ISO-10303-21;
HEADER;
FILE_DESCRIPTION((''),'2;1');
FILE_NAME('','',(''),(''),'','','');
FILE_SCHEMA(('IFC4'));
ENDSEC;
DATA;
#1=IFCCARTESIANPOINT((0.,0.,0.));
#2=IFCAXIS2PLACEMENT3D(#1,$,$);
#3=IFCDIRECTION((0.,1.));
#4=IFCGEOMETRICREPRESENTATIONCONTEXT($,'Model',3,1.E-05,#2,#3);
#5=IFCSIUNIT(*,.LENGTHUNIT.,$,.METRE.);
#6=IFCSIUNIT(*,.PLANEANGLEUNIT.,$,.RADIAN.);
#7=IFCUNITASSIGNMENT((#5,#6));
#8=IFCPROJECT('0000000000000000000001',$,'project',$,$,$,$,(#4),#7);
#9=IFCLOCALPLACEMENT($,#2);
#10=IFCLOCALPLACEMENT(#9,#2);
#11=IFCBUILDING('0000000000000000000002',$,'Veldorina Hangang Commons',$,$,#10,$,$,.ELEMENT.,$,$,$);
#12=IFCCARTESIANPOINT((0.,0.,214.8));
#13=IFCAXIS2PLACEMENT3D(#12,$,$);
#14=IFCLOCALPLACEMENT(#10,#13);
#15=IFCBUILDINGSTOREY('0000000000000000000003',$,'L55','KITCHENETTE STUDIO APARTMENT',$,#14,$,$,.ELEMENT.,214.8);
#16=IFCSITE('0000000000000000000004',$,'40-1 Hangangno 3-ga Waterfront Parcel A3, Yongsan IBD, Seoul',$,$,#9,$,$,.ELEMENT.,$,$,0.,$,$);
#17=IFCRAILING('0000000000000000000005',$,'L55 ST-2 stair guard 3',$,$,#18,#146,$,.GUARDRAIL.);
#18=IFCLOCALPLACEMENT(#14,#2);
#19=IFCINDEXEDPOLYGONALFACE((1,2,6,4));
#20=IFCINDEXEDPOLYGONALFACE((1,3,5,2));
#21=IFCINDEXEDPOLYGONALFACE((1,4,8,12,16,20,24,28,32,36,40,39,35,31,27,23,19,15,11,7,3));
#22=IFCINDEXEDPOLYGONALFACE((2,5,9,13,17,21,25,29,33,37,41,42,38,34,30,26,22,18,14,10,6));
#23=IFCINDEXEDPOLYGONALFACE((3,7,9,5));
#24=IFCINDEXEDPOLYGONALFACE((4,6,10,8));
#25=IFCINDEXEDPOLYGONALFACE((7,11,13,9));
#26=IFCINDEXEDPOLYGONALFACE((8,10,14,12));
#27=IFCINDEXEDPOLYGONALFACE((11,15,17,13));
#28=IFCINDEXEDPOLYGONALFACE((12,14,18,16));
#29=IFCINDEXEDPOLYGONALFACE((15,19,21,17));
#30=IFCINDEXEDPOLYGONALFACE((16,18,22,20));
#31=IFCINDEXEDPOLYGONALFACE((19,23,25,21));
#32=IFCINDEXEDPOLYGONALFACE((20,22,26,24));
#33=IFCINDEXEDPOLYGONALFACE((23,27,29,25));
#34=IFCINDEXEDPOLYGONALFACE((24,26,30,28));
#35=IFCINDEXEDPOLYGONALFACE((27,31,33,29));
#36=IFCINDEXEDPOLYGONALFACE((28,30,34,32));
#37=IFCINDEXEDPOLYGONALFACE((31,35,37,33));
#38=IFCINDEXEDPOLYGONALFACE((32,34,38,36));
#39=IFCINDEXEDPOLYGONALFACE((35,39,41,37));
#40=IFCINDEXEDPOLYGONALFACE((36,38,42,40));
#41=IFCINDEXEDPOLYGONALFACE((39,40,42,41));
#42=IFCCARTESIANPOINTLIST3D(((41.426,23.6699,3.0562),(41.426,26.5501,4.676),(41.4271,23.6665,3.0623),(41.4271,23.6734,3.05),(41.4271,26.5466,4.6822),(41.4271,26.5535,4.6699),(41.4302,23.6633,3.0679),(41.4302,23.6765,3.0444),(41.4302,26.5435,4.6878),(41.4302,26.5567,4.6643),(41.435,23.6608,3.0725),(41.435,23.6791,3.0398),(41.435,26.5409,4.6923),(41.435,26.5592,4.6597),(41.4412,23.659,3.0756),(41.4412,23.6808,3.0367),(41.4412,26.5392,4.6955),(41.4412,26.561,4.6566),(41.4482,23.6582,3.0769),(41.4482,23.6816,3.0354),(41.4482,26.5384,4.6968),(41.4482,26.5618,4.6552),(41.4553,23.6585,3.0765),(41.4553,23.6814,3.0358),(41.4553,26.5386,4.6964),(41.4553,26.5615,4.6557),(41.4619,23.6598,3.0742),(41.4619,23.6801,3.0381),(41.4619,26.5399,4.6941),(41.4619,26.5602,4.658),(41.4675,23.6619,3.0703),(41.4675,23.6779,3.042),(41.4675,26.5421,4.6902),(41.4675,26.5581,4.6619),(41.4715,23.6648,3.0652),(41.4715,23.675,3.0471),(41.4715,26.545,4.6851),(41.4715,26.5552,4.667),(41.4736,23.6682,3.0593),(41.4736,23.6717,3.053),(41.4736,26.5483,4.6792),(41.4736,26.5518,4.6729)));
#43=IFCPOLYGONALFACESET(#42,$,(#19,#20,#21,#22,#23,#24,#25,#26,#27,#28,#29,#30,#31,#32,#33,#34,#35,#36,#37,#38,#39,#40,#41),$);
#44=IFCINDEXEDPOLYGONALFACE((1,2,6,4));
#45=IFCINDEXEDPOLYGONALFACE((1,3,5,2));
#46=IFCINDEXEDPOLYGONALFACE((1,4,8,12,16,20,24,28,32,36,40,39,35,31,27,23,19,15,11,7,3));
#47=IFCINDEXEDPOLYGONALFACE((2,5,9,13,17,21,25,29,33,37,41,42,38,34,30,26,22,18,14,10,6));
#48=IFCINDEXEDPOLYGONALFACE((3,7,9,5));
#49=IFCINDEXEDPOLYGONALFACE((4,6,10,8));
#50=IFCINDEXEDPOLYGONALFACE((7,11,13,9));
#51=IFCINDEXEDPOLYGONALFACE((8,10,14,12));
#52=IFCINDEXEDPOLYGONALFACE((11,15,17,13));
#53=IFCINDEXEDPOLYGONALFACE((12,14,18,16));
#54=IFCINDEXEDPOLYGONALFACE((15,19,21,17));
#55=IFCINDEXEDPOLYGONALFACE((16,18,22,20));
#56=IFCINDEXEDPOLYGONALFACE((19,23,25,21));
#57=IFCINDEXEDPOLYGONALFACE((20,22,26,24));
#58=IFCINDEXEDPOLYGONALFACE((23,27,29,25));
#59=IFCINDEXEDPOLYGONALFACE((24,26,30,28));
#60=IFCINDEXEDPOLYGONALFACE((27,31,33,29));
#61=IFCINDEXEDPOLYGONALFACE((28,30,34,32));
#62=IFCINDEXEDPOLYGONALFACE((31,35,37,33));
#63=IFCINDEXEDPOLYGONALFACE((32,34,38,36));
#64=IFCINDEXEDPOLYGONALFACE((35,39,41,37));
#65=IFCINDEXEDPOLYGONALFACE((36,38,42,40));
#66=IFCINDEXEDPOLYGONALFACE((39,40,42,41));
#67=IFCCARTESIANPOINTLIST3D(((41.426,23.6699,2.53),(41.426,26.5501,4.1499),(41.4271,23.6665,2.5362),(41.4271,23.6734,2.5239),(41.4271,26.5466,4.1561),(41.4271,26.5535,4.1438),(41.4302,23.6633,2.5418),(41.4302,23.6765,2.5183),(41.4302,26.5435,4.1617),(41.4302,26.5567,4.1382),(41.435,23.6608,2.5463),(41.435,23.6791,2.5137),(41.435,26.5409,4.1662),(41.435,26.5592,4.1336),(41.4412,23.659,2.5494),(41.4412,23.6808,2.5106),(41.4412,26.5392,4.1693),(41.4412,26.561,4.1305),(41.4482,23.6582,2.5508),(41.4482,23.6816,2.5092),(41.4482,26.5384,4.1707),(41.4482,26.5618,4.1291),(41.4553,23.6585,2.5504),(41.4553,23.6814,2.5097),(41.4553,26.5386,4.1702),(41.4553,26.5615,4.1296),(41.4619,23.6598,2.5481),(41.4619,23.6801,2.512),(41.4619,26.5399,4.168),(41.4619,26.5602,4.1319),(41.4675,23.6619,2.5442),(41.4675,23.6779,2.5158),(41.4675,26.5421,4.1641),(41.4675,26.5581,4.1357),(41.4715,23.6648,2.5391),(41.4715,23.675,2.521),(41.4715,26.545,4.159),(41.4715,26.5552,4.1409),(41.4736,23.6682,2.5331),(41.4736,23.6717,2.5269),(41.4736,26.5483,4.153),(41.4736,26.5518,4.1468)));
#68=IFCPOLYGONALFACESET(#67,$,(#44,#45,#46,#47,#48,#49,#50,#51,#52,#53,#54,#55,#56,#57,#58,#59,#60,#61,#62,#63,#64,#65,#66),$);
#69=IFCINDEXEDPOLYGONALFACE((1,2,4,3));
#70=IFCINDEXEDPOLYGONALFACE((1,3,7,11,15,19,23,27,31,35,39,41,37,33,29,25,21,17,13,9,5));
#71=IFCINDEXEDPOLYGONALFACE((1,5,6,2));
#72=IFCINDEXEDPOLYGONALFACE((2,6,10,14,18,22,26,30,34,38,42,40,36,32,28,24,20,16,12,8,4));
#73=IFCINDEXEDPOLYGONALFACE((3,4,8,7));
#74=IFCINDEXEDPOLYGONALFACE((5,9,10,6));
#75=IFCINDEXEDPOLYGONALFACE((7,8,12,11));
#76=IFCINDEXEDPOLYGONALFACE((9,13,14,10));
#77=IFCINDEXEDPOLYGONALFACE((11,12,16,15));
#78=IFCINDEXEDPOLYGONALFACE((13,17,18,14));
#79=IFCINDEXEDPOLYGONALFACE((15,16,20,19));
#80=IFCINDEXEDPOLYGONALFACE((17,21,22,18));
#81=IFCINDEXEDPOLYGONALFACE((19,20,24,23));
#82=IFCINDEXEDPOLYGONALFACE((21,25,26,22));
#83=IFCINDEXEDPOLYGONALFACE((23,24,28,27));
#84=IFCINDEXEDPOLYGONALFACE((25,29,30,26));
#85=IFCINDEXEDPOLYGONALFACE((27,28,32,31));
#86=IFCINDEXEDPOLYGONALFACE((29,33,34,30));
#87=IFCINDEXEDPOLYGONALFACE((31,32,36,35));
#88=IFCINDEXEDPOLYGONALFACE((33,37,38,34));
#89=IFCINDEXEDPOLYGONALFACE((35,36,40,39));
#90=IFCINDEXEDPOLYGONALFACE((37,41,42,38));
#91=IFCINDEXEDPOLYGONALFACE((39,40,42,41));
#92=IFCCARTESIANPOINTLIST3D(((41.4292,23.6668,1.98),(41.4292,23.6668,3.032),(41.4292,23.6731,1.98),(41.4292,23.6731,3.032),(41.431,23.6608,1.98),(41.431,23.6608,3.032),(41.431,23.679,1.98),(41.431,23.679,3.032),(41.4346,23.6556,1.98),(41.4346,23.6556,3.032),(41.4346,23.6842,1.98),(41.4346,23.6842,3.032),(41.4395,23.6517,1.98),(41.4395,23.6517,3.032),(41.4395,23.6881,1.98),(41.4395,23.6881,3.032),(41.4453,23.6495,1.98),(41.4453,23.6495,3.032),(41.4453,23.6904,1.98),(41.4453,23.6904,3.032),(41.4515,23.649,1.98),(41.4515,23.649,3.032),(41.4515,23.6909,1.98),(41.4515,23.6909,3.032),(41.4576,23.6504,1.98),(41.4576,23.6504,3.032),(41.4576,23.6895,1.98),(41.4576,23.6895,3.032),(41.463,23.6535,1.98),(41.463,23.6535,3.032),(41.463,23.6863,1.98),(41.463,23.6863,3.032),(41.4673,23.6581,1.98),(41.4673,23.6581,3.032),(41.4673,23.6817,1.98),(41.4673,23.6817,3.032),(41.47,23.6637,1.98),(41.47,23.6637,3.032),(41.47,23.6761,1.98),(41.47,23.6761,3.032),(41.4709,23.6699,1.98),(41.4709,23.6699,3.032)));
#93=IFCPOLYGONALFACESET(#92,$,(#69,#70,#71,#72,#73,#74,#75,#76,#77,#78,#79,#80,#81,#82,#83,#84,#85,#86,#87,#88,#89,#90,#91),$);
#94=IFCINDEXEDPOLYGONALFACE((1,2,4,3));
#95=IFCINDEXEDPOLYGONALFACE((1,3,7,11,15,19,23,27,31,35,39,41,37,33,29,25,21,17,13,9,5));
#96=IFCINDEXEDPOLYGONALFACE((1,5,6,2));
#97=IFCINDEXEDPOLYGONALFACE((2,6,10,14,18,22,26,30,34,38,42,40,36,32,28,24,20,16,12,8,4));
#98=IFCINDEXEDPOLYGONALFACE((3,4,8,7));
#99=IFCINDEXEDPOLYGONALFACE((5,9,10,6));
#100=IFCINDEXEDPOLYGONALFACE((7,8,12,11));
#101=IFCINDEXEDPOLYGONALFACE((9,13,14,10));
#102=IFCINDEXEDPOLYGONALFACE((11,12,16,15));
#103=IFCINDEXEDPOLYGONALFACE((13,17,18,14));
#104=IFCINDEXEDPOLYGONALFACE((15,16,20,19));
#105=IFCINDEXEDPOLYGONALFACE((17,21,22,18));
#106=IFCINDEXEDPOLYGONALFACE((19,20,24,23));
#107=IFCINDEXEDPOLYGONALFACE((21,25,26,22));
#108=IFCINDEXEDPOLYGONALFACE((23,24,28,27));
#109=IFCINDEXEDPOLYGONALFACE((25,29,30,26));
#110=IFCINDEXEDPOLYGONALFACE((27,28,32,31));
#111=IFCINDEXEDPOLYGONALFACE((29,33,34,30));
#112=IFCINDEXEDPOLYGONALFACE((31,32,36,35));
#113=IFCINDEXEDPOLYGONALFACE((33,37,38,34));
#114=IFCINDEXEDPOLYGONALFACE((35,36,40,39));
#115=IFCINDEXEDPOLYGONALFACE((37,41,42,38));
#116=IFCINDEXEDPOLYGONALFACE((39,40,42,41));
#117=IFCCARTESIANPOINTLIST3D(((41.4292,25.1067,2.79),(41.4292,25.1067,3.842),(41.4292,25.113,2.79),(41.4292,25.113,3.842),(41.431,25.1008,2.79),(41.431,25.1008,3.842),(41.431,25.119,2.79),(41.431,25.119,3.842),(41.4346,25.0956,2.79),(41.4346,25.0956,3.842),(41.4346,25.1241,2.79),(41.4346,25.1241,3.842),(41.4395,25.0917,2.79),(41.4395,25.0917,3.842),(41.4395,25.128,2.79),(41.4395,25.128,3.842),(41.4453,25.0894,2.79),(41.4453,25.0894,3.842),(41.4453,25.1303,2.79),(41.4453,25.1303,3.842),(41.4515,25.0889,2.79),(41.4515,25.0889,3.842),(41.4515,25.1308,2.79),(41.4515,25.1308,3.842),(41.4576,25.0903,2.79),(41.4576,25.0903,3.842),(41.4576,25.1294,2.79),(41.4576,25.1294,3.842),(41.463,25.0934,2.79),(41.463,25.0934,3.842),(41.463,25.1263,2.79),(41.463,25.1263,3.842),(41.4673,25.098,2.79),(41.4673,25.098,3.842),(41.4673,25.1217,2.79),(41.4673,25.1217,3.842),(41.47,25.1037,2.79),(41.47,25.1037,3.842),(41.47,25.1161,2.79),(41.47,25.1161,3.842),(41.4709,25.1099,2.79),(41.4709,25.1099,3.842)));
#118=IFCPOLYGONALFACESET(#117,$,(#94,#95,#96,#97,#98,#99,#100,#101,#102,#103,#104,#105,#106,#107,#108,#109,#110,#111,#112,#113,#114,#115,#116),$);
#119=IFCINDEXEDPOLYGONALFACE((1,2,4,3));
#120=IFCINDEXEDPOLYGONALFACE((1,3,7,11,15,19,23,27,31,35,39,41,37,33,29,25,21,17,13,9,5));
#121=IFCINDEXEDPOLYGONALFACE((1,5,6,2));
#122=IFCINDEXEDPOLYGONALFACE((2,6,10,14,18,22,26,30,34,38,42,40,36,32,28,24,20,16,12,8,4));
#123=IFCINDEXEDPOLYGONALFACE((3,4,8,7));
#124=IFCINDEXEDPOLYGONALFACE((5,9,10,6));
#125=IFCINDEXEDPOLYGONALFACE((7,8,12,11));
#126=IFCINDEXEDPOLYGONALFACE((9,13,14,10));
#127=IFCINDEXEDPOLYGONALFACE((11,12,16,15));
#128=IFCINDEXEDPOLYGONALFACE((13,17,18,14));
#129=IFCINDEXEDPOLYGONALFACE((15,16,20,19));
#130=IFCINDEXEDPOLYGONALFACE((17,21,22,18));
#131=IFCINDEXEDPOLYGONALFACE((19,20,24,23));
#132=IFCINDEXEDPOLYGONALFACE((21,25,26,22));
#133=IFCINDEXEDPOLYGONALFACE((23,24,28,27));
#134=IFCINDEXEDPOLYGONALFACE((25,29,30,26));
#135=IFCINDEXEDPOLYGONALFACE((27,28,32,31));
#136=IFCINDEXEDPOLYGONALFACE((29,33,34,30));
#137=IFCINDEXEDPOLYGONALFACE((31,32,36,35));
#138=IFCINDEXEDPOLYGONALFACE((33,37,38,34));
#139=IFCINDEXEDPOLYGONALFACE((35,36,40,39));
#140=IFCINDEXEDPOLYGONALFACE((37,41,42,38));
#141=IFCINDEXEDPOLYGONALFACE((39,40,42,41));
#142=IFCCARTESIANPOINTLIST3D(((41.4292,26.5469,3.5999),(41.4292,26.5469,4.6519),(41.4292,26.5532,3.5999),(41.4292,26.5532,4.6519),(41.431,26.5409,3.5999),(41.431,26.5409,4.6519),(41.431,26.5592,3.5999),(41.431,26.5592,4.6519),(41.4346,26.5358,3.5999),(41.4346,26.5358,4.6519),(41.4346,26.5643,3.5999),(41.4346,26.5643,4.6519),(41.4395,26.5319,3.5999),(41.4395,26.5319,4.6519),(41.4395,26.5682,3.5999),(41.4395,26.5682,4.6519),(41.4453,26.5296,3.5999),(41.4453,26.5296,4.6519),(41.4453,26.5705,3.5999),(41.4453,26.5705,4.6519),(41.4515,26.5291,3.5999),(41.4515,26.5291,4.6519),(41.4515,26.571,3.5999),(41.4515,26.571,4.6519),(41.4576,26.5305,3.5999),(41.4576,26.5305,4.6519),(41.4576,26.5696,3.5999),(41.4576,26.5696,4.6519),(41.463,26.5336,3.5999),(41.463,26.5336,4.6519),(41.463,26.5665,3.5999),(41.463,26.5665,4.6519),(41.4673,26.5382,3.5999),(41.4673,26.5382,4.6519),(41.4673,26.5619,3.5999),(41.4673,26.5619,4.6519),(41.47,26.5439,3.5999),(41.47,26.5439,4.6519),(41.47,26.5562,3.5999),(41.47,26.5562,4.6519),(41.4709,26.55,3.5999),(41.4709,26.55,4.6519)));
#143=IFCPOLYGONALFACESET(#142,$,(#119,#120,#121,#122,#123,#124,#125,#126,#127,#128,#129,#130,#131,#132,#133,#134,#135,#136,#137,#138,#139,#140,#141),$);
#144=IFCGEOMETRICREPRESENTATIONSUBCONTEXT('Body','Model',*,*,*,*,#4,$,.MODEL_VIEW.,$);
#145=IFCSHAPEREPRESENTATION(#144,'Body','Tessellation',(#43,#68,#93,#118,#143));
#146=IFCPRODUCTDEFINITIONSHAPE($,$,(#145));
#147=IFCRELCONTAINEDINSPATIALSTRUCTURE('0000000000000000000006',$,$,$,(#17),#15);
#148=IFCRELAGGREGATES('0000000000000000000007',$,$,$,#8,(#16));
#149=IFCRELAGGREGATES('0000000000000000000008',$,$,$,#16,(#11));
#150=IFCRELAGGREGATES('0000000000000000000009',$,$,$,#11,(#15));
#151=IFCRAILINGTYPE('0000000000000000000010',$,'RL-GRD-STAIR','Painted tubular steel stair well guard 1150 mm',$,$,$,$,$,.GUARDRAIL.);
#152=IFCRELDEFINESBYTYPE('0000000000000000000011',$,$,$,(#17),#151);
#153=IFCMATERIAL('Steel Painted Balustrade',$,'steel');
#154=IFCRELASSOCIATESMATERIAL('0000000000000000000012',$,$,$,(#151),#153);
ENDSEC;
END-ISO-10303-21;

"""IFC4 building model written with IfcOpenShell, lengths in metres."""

from ifc_helpers import new_model, si_unit, direction, frame, origin, origin_2d, place, context, subcontext, project, spatial, circle, extrude, material, type_object, element, save


model = new_model("IFC4")

# Units and contexts
model_context = context("Model", 3, precision=1e-05, world=origin(), true_north=direction((0.0, 1.0)))
body_context = subcontext(model_context, "Body", "Model", "MODEL_VIEW")
ifc_project = project(units=[si_unit("LENGTHUNIT", "METRE"), si_unit("PLANEANGLEUNIT", "RADIAN")], contexts=[model_context])

# Site, building, storey
site_placement = place(None, origin())
site = spatial("IfcSite", under=ifc_project, at=site_placement, Name="40-1 Hangangno 3-ga Waterfront Parcel A3, Yongsan IBD, Seoul", CompositionType="ELEMENT", RefElevation=0.0)
building_placement = place(site_placement, origin())
building = spatial("IfcBuilding", under=site, at=building_placement, Name="Veldorina Hangang Commons", CompositionType="ELEMENT")
storey_placement = place(building_placement, frame((0.0, 0.0, 214.8)))
storey = spatial("IfcBuildingStorey", under=building, at=storey_placement, Name="L55", Description="KITCHENETTE STUDIO APARTMENT", CompositionType="ELEMENT", Elevation=214.8)

# Railing
ifc_material_1 = material(Name="Steel Painted Balustrade", Category="steel")
railing_type_1 = type_object("IfcRailingType", Name="RL-GRD-STAIR", Description="Painted tubular steel stair well guard 1150 mm", PredefinedType="GUARDRAIL", material=ifc_material_1)
railing_1_placement = place(storey_placement, frame((41.45, 23.6699, 1.98)))
element("IfcRailing", 1, at=railing_1_placement, inside=storey, type_object=railing_type_1, Name="L55 ST-2 stair guard 3", PredefinedType="GUARDRAIL", context=body_context, shape_type="SweptSolid", body=[
    extrude(circle(Radius=0.0239, at=origin_2d()), frame((0.0, 0.0, 1.0762), z_axis=(0.0, 0.871601, 0.490216), x_axis=(-1.0, 0.0, 0.0)), (0.0, 0.0, 1.0), 3.3044),
    extrude(circle(Radius=0.0239, at=origin_2d()), frame((0.0, 0.0, 0.55), z_axis=(0.0, 0.871601, 0.490216), x_axis=(-1.0, 0.0, 0.0)), (0.0, 0.0, 1.0), 3.3044),
    extrude(circle(Radius=0.021, at=origin_2d()), origin(), (0.0, 0.0, 1.0), 1.052),
    extrude(circle(Radius=0.021, at=origin_2d()), frame((0.0, 1.4399, 0.8101)), (0.0, 0.0, 1.0), 1.052),
    extrude(circle(Radius=0.021, at=origin_2d()), frame((0.0, 2.8801, 1.6199)), (0.0, 0.0, 1.0), 1.052),
])

save(model, "model.ifc")
